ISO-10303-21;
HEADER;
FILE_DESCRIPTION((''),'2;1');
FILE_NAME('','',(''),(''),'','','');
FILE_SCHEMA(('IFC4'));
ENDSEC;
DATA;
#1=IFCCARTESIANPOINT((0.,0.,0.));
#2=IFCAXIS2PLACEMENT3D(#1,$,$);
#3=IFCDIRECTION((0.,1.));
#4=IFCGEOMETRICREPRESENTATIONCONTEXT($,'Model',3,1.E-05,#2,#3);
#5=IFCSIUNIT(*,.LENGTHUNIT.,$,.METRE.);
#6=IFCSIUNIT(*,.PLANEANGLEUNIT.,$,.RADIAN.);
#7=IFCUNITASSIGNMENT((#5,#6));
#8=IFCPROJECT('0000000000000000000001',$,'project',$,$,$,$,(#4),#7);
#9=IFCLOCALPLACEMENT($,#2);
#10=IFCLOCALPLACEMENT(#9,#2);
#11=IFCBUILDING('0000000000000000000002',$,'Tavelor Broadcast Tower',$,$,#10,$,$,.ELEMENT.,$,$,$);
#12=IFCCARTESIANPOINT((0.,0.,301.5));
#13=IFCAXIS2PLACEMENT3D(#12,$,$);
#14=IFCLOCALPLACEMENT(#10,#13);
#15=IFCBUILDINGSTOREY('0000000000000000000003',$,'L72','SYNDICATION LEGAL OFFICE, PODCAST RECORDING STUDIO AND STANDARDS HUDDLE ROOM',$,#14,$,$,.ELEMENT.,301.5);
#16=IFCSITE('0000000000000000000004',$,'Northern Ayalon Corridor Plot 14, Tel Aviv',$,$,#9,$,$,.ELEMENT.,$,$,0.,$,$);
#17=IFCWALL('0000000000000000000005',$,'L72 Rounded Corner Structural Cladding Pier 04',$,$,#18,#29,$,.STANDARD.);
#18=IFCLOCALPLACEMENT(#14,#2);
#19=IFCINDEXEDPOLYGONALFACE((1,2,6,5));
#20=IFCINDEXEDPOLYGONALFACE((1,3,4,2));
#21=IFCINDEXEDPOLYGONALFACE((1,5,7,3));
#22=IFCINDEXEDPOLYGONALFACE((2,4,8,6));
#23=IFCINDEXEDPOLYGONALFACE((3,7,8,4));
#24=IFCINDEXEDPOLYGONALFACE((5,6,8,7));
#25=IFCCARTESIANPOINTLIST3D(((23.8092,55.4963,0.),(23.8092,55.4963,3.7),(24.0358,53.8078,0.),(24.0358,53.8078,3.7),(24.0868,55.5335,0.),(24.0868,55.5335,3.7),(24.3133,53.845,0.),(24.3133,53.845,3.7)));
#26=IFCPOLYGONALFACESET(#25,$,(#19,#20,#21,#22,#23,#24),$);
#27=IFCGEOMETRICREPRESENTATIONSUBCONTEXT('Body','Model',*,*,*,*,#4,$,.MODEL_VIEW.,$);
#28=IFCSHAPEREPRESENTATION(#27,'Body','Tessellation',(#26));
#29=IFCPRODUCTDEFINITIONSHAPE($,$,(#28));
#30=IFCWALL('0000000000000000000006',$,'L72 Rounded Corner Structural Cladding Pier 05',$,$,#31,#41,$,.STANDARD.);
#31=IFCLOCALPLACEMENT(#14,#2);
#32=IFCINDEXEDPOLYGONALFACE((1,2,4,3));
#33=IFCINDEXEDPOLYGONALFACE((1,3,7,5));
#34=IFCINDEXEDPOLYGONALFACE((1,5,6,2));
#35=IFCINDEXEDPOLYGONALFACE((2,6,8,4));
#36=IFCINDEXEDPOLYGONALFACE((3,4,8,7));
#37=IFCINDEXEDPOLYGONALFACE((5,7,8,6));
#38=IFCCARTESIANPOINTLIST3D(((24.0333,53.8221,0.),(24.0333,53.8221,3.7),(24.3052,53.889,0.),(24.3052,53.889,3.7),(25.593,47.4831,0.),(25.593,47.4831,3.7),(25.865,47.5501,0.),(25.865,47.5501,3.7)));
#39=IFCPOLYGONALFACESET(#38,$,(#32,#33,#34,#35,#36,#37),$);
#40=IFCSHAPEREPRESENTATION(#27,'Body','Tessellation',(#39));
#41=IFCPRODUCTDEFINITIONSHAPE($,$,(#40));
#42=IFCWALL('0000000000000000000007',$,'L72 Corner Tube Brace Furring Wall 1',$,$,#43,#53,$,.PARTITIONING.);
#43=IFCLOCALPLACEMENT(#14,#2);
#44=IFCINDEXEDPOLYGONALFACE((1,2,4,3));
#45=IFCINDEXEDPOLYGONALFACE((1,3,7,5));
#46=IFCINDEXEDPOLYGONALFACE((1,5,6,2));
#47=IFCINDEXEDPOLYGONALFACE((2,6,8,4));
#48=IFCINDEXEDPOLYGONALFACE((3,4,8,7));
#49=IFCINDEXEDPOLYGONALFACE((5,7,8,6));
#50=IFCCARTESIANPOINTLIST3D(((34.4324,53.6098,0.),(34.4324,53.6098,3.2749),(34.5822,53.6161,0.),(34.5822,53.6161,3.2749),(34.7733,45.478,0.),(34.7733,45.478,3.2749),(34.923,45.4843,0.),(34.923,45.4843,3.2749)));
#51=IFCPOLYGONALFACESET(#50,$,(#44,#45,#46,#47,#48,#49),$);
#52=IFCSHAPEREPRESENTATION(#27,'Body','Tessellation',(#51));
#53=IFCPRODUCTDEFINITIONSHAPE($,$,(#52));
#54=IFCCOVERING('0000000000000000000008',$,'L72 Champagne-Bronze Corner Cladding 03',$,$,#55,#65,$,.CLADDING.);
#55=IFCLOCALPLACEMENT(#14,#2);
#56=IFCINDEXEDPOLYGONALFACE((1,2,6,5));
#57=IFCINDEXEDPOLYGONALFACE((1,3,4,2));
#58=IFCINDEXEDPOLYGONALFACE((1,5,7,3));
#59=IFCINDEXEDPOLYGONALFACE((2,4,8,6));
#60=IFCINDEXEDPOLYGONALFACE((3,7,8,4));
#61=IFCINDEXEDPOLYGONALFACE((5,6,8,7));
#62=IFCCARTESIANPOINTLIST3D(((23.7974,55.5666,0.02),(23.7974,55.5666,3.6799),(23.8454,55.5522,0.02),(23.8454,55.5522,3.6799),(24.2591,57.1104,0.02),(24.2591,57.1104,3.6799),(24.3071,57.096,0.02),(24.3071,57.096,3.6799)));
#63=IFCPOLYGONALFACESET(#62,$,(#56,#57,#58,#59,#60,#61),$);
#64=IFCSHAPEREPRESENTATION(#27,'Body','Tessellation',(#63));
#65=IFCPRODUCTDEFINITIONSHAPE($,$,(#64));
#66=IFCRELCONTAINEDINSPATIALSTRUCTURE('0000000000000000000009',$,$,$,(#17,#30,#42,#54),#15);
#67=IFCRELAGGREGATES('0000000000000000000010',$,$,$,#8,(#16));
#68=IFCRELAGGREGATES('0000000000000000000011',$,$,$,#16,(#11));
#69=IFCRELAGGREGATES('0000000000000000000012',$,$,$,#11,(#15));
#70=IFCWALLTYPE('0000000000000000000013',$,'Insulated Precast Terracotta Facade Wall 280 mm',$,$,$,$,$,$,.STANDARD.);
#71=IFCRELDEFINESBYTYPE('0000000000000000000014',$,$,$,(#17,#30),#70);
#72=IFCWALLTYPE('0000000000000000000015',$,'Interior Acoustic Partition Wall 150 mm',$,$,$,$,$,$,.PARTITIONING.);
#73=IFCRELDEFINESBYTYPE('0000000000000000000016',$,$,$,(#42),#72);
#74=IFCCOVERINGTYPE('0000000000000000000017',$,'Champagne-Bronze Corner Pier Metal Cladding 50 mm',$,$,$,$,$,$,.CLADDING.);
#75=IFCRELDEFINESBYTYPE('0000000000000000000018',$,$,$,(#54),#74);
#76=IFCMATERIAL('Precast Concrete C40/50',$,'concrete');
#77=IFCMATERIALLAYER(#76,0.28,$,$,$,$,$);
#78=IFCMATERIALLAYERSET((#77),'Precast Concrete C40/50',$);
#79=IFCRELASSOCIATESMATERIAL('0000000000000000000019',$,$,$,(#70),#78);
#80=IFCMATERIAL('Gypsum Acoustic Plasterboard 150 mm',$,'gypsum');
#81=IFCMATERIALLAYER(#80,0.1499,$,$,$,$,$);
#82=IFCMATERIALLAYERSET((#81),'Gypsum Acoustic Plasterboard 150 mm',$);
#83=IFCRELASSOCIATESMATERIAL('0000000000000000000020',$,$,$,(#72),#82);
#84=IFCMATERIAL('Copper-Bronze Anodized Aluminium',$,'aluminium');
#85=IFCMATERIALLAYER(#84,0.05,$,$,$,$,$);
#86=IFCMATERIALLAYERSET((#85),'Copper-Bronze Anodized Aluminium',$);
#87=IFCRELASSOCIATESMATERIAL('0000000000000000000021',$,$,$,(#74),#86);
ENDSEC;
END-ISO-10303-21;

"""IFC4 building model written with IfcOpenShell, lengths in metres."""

from ifc_helpers import new_model, si_unit, direction, frame, frame_2d, origin, origin_2d, place, context, subcontext, project, spatial, rectangle, extrude, material, layer, layer_set, type_object, element, save


model = new_model("IFC4")

# Units and contexts
model_context = context("Model", 3, precision=1e-05, world=origin(), true_north=direction((0.0, 1.0)))
body_context = subcontext(model_context, "Body", "Model", "MODEL_VIEW")
ifc_project = project(units=[si_unit("LENGTHUNIT", "METRE"), si_unit("PLANEANGLEUNIT", "RADIAN")], contexts=[model_context])

# Site, building, storey
site_placement = place(None, origin())
site = spatial("IfcSite", under=ifc_project, at=site_placement, Name="Northern Ayalon Corridor Plot 14, Tel Aviv", CompositionType="ELEMENT", RefElevation=0.0)
building_placement = place(site_placement, origin())
building = spatial("IfcBuilding", under=site, at=building_placement, Name="Tavelor Broadcast Tower", CompositionType="ELEMENT")
storey_placement = place(building_placement, frame((0.0, 0.0, 301.5)))
storey = spatial("IfcBuildingStorey", under=building, at=storey_placement, Name="L72", Description="SYNDICATION LEGAL OFFICE, PODCAST RECORDING STUDIO AND STANDARDS HUDDLE ROOM", CompositionType="ELEMENT", Elevation=301.5)

# Walls
ifc_material_1 = material(Name="Precast Concrete C40/50", Category="concrete")
ifc_layer_1 = layer(ifc_material_1, 0.28)
ifc_layer_set_1 = layer_set([ifc_layer_1], Name="Precast Concrete C40/50")
wall_type_1 = type_object("IfcWallType", Name="Insulated Precast Terracotta Facade Wall 280 mm", PredefinedType="STANDARD", material=ifc_layer_set_1)
wall_1_placement = place(storey_placement, frame((23.948, 55.5149, 0.0), z_axis=(0.0, 0.0, 1.0), x_axis=(0.13299, -0.991117, 0.0)))
element("IfcWall", 1, at=wall_1_placement, inside=storey, type_object=wall_type_1, Name="L72 Rounded Corner Structural Cladding Pier 04", PredefinedType="STANDARD", context=body_context, shape_type="SweptSolid", body=[
    extrude(rectangle(XDim=1.7036, YDim=0.28, at=frame_2d((0.8518, 0.0))), origin(), (0.0, 0.0, 1.0), 3.7),
])
wall_2_placement = place(storey_placement, frame((24.1692, 53.8557, 0.0), z_axis=(0.0, 0.0, 1.0), x_axis=(0.238935, -0.971036, 0.0)))
element("IfcWall", 2, at=wall_2_placement, inside=storey, type_object=wall_type_1, Name="L72 Rounded Corner Structural Cladding Pier 05", PredefinedType="STANDARD", context=body_context, shape_type="SweptSolid", body=[
    extrude(rectangle(XDim=6.5281, YDim=0.28, at=frame_2d((3.2642, 0.0))), origin(), (0.0, 0.0, 1.0), 3.7),
])
ifc_material_2 = material(Name="Gypsum Acoustic Plasterboard 150 mm", Category="gypsum")
ifc_layer_2 = layer(ifc_material_2, 0.1499)
ifc_layer_set_2 = layer_set([ifc_layer_2], Name="Gypsum Acoustic Plasterboard 150 mm")
wall_type_2 = type_object("IfcWallType", Name="Interior Acoustic Partition Wall 150 mm", PredefinedType="PARTITIONING", material=ifc_layer_set_2)
wall_3_placement = place(storey_placement, frame((34.5073, 53.6128, 0.0), z_axis=(0.0, 0.0, 1.0), x_axis=(0.041875, -0.999123, 0.0)))
element("IfcWall", 3, at=wall_3_placement, inside=storey, type_object=wall_type_2, Name="L72 Corner Tube Brace Furring Wall 1", PredefinedType="PARTITIONING", context=body_context, shape_type="SweptSolid", body=[
    extrude(rectangle(XDim=8.1389, YDim=0.1499, at=frame_2d((4.0693, 0.0))), origin(), (0.0, 0.0, 1.0), 3.2749),
])

# Covering
ifc_material_3 = material(Name="Copper-Bronze Anodized Aluminium", Category="aluminium")
ifc_layer_3 = layer(ifc_material_3, 0.05)
ifc_layer_set_3 = layer_set([ifc_layer_3], Name="Copper-Bronze Anodized Aluminium")
covering_type = type_object("IfcCoveringType", Name="Champagne-Bronze Corner Pier Metal Cladding 50 mm", PredefinedType="CLADDING", material=ifc_layer_set_3)
covering_placement = place(storey_placement, frame((24.0522, 56.3313, 0.02), z_axis=(0.0, 0.0, 1.0), x_axis=(-0.286525, -0.958073, 0.0)))
element("IfcCovering", 4, at=covering_placement, inside=storey, type_object=covering_type, Name="L72 Champagne-Bronze Corner Cladding 03", PredefinedType="CLADDING", context=body_context, shape_type="SweptSolid", body=[
    extrude(rectangle(XDim=1.6113, YDim=0.05, at=origin_2d()), origin(), (0.0, 0.0, 1.0), 3.6599),
])

save(model, "model.ifc")
